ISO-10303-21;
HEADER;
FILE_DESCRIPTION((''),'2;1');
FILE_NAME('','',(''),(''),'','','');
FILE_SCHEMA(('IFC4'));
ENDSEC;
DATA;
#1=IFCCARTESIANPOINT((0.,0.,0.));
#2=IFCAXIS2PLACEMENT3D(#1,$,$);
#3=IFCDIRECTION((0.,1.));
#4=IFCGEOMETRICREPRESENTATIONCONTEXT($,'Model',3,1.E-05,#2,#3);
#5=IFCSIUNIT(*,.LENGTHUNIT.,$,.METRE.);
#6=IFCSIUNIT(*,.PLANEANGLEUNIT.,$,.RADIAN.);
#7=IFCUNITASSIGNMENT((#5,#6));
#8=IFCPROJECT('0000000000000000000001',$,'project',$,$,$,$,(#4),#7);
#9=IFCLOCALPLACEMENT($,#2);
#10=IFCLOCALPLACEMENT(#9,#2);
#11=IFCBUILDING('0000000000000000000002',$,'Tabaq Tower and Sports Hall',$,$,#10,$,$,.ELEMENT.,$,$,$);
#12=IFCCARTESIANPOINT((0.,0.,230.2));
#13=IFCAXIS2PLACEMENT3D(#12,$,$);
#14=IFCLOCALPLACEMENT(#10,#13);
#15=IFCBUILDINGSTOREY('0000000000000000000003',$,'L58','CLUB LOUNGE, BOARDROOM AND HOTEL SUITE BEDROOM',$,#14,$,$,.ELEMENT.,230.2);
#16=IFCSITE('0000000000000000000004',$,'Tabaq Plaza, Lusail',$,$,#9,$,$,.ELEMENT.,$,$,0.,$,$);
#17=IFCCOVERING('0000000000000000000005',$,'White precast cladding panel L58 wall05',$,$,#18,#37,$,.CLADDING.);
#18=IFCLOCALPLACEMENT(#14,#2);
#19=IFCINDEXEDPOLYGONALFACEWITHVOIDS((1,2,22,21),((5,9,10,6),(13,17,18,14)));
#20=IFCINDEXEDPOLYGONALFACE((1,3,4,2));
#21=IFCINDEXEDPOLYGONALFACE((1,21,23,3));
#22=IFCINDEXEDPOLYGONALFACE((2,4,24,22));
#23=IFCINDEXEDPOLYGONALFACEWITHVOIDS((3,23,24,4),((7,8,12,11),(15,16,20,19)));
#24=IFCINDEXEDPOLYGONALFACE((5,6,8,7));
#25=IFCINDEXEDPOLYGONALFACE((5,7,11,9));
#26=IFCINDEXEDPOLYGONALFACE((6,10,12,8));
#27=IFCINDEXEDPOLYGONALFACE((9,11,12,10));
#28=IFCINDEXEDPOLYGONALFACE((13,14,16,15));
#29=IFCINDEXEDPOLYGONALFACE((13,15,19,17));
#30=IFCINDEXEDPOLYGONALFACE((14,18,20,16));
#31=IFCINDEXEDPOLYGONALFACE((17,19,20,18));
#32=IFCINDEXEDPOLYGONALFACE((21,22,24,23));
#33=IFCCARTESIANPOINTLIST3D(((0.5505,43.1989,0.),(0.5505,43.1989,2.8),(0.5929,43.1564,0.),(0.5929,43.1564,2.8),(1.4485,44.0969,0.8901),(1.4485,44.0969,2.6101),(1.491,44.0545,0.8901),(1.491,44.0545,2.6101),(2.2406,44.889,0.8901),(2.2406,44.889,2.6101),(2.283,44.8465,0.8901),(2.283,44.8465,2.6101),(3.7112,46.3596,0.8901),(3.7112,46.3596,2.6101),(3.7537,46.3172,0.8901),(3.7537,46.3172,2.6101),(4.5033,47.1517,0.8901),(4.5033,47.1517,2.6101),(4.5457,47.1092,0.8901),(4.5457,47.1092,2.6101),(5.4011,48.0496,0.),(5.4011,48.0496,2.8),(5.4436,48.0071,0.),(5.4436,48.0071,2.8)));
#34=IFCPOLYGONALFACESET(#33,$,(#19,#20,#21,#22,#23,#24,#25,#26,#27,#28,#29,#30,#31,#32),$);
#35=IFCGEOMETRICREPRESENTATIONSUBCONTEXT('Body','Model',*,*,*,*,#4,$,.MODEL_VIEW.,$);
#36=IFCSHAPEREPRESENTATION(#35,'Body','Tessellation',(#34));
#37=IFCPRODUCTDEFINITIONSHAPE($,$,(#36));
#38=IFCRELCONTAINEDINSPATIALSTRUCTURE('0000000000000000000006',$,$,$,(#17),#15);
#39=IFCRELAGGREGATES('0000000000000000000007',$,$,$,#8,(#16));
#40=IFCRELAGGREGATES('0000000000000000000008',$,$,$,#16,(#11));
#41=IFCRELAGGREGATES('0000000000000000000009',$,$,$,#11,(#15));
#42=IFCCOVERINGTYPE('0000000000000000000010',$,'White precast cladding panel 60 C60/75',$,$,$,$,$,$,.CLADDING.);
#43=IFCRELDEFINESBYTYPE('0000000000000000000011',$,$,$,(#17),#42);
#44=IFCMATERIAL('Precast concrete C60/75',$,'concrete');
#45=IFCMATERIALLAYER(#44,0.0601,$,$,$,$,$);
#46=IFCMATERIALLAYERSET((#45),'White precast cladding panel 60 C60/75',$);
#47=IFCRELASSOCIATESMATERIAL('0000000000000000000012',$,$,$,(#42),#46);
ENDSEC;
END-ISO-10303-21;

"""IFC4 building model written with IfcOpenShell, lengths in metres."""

from ifc_helpers import new_model, si_unit, direction, frame, origin, place, context, subcontext, project, spatial, polyline, outline, extrude, material, layer, layer_set, type_object, element, save


model = new_model("IFC4")

# Units and contexts
model_context = context("Model", 3, precision=1e-05, world=origin(), true_north=direction((0.0, 1.0)))
body_context = subcontext(model_context, "Body", "Model", "MODEL_VIEW")
ifc_project = project(units=[si_unit("LENGTHUNIT", "METRE"), si_unit("PLANEANGLEUNIT", "RADIAN")], contexts=[model_context])

# Site, building, storey
site_placement = place(None, origin())
site = spatial("IfcSite", under=ifc_project, at=site_placement, Name="Tabaq Plaza, Lusail", CompositionType="ELEMENT", RefElevation=0.0)
building_placement = place(site_placement, origin())
building = spatial("IfcBuilding", under=site, at=building_placement, Name="Tabaq Tower and Sports Hall", CompositionType="ELEMENT")
storey_placement = place(building_placement, frame((0.0, 0.0, 230.2)))
storey = spatial("IfcBuildingStorey", under=building, at=storey_placement, Name="L58", Description="CLUB LOUNGE, BOARDROOM AND HOTEL SUITE BEDROOM", CompositionType="ELEMENT", Elevation=230.2)

# Covering
ifc_material_1 = material(Name="Precast concrete C60/75", Category="concrete")
ifc_layer_1 = layer(ifc_material_1, 0.0601)
ifc_layer_set_1 = layer_set([ifc_layer_1], Name="White precast cladding panel 60 C60/75")
covering_type_1 = type_object("IfcCoveringType", Name="White precast cladding panel 60 C60/75", PredefinedType="CLADDING", material=ifc_layer_set_1)
covering_1_placement = place(storey_placement, frame((5.4224, 48.0283, 0.0), z_axis=(0.0, 0.0, 1.0), x_axis=(-0.707107, -0.707107, 0.0)))
element("IfcCovering", 1, at=covering_1_placement, inside=storey, type_object=covering_type_1, Name="White precast cladding panel L58 wall05", PredefinedType="CLADDING", context=body_context, shape_type="SweptSolid", body=[
    extrude(outline(polyline([(0.0, 0.0), (6.8599, 0.0), (6.8599, 2.8), (0.0, 2.8), (0.0, 0.0)]), holes=[polyline([(1.2698, 2.6101), (2.3899, 2.6101), (2.3899, 0.8901), (1.2698, 0.8901), (1.2698, 2.6101)]), polyline([(4.4697, 2.6101), (5.5898, 2.6101), (5.5898, 0.8901), (4.4697, 0.8901), (4.4697, 2.6101)])]), frame((0.0, 0.03, 0.0), z_axis=(0.0, -1.0, 0.0), x_axis=(1.0, 0.0, 0.0)), (0.0, 0.0, 1.0), 0.0601),
])

save(model, "model.ifc")
